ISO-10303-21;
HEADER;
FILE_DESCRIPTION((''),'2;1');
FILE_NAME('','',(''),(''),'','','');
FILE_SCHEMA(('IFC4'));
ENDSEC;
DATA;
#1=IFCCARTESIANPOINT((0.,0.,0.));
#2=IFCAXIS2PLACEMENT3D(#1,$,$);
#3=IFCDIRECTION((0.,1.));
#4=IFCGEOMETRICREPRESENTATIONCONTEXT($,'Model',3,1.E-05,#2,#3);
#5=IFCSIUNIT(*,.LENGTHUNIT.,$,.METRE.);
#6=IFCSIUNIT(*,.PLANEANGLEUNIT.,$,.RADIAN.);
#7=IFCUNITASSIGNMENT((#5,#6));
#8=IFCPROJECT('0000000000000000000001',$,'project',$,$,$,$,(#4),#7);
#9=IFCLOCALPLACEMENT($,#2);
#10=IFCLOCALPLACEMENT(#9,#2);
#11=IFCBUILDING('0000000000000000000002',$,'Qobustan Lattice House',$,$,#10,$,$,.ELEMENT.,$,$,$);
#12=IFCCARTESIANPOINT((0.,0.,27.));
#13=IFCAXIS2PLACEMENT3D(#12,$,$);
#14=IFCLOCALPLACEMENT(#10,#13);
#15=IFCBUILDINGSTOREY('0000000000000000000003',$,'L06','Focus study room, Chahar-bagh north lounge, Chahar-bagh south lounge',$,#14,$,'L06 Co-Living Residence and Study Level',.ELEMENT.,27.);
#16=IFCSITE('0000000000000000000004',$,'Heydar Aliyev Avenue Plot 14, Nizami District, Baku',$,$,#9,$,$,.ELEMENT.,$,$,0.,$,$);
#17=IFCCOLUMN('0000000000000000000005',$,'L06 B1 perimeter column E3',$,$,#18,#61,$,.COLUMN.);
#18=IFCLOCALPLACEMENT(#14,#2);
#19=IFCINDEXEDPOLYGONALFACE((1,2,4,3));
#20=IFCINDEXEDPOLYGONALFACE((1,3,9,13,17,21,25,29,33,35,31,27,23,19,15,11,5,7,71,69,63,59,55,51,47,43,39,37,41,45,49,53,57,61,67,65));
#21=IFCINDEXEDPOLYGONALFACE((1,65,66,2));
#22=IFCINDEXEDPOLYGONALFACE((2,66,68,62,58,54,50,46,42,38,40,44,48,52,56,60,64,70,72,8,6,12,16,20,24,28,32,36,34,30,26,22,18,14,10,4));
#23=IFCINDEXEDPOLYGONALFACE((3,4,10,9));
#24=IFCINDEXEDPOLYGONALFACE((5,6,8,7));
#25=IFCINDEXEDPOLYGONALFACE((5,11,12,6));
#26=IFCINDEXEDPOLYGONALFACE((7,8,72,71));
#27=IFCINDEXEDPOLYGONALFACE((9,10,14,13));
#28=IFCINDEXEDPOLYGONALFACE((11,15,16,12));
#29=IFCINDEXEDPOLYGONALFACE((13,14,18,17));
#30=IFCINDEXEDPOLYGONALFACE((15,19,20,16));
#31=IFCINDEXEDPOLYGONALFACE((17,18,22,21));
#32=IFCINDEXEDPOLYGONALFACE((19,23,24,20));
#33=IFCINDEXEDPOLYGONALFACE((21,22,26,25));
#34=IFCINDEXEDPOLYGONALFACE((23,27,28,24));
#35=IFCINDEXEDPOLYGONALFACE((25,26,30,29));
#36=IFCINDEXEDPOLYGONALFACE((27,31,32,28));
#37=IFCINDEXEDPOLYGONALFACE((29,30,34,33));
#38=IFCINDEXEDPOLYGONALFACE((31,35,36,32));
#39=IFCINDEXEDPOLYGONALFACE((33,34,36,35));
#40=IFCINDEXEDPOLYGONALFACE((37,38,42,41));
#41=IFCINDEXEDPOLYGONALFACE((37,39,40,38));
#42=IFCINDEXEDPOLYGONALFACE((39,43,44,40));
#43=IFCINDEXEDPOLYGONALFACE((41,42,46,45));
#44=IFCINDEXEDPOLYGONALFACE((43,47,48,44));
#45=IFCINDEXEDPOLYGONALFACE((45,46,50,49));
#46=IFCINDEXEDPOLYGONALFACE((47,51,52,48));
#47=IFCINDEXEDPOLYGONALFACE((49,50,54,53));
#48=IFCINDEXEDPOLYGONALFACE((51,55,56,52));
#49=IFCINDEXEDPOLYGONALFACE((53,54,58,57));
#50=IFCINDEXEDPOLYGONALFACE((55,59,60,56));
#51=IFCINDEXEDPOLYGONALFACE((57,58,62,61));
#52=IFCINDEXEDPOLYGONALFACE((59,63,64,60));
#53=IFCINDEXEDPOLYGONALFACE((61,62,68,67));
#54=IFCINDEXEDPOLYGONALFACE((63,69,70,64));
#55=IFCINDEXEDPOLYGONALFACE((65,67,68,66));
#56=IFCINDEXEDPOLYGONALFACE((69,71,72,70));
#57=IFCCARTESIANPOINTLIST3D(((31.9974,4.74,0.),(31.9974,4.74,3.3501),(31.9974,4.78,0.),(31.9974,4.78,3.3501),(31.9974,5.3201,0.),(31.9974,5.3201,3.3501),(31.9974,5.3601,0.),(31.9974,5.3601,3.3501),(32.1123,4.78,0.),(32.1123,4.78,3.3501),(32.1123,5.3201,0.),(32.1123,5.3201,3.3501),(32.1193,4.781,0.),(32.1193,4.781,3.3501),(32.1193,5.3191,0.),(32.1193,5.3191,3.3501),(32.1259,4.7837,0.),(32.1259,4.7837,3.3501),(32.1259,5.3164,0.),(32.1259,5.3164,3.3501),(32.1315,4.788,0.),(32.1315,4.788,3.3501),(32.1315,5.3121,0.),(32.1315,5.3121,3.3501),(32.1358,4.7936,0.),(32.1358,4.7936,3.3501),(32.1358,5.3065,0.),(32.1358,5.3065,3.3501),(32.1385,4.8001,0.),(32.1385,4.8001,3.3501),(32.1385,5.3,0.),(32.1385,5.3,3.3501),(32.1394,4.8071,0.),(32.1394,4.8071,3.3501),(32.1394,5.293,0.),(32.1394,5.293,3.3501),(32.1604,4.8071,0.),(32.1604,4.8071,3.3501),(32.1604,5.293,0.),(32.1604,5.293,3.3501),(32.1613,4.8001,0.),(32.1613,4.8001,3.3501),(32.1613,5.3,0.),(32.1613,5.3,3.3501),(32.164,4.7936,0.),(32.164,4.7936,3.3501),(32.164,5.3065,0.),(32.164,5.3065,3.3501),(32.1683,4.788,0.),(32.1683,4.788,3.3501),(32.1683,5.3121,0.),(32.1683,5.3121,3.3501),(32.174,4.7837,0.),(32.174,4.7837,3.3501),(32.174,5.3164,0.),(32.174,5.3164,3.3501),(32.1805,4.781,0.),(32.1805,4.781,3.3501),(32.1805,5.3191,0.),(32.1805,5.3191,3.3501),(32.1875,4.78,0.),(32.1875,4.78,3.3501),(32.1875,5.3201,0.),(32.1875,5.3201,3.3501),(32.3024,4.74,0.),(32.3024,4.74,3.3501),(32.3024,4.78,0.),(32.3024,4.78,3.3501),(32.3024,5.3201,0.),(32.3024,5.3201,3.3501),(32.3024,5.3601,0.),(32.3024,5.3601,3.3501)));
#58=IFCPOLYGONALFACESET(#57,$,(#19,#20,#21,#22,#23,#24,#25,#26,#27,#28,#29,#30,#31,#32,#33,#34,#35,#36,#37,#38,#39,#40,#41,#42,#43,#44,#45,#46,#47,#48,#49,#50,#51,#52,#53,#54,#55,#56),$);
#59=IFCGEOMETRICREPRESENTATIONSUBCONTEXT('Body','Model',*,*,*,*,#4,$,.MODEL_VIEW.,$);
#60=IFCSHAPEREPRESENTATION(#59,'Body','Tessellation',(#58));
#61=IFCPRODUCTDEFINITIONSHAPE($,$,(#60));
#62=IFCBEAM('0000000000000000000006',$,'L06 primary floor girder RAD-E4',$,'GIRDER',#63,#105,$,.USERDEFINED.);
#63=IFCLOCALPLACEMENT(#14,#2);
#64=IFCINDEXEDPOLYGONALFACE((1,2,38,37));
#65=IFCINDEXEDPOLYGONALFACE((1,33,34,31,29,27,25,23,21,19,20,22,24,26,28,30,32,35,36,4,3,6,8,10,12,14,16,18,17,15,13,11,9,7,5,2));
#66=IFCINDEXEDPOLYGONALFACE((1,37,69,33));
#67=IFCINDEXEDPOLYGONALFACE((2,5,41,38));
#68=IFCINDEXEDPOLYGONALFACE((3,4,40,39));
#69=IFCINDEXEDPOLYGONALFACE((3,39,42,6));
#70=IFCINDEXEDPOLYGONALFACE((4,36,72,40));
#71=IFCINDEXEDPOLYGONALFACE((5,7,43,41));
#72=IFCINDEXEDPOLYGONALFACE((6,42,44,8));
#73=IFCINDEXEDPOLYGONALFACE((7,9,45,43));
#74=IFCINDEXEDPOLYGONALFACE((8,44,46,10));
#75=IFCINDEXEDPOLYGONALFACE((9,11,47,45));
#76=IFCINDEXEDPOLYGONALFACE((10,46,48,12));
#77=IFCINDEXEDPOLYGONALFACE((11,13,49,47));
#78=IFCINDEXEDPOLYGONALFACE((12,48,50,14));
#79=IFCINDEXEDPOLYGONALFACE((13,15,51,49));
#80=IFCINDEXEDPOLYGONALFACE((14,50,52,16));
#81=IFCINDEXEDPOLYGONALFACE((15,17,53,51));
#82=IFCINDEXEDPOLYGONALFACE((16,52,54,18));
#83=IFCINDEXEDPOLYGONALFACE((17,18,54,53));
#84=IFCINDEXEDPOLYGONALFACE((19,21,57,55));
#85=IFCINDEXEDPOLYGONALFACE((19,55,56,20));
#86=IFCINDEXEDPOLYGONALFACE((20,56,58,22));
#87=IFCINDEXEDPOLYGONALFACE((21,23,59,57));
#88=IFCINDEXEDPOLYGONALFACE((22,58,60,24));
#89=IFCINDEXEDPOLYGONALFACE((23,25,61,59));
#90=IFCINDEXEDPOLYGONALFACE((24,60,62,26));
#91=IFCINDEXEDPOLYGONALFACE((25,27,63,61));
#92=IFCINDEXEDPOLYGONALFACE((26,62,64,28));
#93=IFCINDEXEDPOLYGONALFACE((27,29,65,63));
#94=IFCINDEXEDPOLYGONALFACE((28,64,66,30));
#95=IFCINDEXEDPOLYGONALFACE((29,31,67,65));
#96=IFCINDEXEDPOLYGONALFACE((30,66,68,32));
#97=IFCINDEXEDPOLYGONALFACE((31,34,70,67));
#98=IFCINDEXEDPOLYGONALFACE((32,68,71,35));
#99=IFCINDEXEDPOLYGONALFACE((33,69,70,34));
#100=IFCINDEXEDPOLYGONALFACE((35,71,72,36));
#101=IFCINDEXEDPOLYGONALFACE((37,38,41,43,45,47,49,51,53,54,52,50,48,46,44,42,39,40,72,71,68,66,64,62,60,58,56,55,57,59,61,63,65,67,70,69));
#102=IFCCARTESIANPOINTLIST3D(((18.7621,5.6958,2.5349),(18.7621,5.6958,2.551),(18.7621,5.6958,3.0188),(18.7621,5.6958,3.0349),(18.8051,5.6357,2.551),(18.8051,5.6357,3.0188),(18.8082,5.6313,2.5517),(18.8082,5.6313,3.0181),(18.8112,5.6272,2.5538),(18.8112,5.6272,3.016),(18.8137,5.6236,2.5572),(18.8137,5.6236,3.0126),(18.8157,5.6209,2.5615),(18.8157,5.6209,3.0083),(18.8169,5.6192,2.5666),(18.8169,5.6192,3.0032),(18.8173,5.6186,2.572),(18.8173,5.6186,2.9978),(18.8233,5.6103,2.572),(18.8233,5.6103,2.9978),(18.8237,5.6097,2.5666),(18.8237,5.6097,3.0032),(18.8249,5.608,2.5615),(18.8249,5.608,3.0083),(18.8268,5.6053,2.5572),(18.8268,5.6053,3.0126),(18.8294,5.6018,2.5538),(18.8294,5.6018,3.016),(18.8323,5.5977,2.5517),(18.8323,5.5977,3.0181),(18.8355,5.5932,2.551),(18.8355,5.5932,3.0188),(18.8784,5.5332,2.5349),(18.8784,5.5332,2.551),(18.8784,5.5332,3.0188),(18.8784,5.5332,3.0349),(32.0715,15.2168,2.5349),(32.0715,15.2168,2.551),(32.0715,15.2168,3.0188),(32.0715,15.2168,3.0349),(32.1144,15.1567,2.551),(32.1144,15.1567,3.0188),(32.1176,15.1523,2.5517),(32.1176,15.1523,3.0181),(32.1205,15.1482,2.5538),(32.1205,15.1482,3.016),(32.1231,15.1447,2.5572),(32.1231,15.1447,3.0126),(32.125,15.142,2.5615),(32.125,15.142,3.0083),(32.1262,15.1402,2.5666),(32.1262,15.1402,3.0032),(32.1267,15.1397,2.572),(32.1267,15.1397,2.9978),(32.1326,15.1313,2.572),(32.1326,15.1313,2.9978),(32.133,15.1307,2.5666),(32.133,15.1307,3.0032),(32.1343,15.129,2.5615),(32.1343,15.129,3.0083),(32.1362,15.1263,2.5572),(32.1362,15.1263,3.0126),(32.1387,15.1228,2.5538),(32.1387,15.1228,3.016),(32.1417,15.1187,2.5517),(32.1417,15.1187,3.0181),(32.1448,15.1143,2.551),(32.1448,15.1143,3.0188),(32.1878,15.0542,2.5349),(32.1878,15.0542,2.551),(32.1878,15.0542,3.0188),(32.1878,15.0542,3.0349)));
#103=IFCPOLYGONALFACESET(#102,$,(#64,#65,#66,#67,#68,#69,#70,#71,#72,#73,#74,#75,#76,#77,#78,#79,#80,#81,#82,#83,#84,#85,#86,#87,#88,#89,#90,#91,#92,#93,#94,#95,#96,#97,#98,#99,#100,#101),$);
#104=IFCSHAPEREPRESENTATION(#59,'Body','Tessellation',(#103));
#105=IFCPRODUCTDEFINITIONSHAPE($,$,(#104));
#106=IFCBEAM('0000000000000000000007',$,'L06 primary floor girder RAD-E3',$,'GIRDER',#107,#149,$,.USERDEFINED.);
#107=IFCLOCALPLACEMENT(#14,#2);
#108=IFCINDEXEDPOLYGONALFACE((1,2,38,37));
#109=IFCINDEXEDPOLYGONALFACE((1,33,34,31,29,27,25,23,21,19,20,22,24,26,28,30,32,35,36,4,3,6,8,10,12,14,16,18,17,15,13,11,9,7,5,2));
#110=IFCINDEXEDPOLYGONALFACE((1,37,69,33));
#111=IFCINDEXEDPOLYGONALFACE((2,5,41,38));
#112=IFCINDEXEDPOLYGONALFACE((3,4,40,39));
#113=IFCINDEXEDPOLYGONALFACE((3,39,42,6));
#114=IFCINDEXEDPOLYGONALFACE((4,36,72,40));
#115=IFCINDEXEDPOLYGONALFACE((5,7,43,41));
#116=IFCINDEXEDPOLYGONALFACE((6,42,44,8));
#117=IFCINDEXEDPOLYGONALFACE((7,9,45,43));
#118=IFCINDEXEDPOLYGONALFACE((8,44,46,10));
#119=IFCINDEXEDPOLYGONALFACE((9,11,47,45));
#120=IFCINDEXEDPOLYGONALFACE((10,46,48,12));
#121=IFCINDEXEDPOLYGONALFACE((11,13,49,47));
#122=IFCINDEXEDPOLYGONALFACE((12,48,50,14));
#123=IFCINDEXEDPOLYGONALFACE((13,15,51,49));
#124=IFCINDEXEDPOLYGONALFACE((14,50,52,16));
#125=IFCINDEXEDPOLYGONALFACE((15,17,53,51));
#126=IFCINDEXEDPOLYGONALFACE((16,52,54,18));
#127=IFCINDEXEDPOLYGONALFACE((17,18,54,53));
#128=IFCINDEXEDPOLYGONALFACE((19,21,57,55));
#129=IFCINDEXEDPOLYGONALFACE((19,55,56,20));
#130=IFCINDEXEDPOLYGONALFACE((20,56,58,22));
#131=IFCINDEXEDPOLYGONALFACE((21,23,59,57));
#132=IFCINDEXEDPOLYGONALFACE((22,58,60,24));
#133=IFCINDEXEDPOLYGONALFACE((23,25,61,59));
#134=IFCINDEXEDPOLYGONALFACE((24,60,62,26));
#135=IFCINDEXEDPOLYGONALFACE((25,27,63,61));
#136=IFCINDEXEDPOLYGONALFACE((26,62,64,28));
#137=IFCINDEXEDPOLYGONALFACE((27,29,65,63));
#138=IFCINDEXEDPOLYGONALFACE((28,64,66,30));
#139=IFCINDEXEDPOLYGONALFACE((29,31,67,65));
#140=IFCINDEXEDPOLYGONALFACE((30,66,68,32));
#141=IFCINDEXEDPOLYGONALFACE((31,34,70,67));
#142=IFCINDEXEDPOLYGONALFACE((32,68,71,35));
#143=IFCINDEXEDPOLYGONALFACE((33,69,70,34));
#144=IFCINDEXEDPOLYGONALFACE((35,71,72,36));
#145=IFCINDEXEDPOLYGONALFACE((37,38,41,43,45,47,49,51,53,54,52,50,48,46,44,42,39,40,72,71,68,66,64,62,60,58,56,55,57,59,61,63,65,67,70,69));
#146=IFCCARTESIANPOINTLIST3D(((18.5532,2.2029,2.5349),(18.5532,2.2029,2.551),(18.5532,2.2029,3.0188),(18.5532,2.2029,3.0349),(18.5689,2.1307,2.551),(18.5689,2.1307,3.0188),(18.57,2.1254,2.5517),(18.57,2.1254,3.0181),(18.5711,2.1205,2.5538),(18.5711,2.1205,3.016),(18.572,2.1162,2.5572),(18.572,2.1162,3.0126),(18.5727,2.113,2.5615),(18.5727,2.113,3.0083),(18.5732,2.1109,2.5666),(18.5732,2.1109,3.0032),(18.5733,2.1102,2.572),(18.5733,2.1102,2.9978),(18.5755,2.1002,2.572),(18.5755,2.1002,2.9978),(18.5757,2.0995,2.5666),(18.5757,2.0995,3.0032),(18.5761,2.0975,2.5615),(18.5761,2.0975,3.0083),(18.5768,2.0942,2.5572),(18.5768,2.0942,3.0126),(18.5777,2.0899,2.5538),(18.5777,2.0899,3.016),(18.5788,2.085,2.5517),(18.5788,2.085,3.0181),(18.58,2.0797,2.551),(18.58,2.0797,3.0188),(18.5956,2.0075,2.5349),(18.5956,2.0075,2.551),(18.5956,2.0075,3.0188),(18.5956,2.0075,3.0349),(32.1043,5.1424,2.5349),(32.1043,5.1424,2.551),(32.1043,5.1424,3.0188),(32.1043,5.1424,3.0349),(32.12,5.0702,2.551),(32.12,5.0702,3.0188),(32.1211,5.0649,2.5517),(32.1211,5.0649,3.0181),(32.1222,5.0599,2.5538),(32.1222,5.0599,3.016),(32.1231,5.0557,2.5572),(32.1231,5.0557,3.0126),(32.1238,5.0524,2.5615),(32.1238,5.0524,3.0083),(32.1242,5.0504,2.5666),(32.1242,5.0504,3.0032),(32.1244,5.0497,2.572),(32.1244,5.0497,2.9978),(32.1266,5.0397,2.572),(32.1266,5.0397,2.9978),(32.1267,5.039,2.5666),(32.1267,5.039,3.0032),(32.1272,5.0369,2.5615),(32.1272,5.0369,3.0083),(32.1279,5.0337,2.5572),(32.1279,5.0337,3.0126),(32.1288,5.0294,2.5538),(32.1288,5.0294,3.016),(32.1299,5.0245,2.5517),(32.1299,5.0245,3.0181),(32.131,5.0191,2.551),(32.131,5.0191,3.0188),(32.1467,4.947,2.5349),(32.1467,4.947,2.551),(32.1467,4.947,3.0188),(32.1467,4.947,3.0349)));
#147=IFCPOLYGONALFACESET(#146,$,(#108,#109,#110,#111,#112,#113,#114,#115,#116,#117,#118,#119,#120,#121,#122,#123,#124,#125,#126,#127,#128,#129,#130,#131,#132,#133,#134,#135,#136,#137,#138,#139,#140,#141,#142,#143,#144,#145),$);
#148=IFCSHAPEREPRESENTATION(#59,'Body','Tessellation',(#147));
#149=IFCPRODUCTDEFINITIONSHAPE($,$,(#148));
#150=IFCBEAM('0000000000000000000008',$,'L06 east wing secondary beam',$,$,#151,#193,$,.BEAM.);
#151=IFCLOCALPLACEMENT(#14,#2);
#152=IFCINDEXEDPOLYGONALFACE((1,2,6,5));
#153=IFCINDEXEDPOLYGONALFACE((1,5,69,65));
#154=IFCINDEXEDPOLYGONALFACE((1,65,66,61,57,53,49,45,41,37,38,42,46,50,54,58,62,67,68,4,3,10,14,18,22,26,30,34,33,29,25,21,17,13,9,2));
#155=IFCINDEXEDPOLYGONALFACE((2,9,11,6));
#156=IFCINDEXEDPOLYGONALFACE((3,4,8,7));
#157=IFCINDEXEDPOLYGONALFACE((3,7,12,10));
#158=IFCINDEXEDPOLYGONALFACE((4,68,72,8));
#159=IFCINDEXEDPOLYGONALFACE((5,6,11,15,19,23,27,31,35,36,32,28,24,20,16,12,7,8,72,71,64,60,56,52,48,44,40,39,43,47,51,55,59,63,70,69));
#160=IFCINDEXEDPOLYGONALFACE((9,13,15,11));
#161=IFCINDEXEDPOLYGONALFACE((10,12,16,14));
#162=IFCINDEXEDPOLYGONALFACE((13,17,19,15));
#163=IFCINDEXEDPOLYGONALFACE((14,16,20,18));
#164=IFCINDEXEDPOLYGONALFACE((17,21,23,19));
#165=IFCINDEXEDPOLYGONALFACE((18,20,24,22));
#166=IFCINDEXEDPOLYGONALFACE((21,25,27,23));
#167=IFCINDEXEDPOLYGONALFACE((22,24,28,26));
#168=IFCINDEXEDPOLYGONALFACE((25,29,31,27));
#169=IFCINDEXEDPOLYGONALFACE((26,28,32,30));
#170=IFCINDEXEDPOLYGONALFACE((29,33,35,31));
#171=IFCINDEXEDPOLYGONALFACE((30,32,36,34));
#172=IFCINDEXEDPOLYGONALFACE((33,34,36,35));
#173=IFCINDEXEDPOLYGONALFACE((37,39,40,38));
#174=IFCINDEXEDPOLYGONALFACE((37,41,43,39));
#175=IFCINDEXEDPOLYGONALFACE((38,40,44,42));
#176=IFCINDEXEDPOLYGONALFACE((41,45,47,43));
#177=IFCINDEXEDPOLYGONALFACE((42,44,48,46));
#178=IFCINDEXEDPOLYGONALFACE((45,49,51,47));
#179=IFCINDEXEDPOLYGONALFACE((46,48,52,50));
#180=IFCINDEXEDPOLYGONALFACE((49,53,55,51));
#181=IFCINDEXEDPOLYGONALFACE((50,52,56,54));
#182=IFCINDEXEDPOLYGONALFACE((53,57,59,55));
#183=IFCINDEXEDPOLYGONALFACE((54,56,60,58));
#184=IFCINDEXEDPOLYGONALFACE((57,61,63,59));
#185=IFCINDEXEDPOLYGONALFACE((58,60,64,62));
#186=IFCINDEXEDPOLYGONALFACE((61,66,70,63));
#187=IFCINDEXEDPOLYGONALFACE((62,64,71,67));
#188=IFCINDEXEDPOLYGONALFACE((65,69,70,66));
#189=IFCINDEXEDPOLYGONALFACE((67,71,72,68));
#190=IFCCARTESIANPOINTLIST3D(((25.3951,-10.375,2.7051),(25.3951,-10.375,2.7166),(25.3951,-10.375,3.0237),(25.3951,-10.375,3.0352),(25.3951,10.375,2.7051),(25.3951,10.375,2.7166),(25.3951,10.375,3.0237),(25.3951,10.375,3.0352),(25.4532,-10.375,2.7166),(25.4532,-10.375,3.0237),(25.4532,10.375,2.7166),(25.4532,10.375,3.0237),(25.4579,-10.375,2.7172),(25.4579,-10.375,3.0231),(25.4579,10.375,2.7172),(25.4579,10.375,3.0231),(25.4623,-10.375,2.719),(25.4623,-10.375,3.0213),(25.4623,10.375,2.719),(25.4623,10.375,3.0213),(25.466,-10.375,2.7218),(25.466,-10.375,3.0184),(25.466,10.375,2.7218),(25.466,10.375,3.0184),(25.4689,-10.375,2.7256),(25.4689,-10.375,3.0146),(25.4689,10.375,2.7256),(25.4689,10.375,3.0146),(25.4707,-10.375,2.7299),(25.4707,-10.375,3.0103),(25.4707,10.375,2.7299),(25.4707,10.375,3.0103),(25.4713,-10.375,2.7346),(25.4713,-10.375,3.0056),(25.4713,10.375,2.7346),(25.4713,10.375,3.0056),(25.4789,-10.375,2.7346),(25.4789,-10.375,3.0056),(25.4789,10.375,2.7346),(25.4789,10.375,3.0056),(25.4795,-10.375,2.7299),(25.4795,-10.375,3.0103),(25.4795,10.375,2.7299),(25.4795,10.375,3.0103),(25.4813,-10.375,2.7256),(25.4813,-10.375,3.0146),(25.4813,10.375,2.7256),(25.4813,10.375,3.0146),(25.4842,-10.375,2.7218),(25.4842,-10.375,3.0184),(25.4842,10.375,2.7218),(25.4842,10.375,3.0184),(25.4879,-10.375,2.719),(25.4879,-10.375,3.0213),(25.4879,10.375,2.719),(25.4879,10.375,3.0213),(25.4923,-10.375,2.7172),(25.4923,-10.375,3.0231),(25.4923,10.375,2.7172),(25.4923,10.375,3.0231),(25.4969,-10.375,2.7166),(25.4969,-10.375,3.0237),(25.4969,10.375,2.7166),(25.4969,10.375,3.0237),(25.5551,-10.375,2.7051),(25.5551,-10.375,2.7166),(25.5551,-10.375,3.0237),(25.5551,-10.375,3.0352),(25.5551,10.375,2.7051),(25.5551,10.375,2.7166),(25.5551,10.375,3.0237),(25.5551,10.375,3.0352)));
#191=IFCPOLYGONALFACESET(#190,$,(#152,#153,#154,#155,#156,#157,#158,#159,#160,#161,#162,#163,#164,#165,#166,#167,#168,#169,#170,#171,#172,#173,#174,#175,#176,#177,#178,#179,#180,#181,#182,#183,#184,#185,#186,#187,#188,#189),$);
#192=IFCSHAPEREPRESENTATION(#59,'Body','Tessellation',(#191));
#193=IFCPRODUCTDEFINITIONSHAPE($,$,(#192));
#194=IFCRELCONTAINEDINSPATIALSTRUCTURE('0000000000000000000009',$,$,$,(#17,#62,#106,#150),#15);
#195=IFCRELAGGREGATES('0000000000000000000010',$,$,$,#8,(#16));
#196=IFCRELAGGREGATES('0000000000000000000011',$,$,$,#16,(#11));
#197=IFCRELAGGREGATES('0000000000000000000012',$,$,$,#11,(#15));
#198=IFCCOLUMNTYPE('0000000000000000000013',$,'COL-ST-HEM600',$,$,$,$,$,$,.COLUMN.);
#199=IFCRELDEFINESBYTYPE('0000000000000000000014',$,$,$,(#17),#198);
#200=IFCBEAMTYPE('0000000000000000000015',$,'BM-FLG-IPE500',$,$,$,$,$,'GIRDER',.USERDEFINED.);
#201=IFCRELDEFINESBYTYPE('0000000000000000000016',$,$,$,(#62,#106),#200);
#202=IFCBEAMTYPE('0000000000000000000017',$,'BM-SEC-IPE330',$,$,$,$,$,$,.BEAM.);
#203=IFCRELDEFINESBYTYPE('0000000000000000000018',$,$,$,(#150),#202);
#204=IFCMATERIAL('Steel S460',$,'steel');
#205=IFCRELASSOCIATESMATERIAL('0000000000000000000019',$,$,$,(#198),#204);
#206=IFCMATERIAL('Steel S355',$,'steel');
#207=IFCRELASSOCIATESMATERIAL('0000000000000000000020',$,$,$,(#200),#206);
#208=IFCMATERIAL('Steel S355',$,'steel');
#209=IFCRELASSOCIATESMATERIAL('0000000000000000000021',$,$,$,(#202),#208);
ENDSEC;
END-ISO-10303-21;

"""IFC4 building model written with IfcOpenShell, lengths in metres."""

from ifc_helpers import new_model, si_unit, direction, frame, origin, origin_2d, place, context, subcontext, project, spatial, i_section, extrude, material, material_profile, profile_set, type_object, element, save


model = new_model("IFC4")

# Units and contexts
model_context = context("Model", 3, precision=1e-05, world=origin(), true_north=direction((0.0, 1.0)))
body_context = subcontext(model_context, "Body", "Model", "MODEL_VIEW")
ifc_project = project(units=[si_unit("LENGTHUNIT", "METRE"), si_unit("PLANEANGLEUNIT", "RADIAN")], contexts=[model_context])

# Site, building, storey
site_placement = place(None, origin())
site = spatial("IfcSite", under=ifc_project, at=site_placement, Name="Heydar Aliyev Avenue Plot 14, Nizami District, Baku", CompositionType="ELEMENT", RefElevation=0.0)
building_placement = place(site_placement, origin())
building = spatial("IfcBuilding", under=site, at=building_placement, Name="Qobustan Lattice House", CompositionType="ELEMENT")
storey_placement = place(building_placement, frame((0.0, 0.0, 27.0)))
storey = spatial("IfcBuildingStorey", under=building, at=storey_placement, Name="L06", Description="Focus study room, Chahar-bagh north lounge, Chahar-bagh south lounge", LongName="L06 Co-Living Residence and Study Level", CompositionType="ELEMENT", Elevation=27.0)

# Column
ifc_material_1 = material(Name="Steel S460", Category="steel")
ifc_material_profile_1 = material_profile(ifc_material_1, i_section(OverallWidth=0.3049, OverallDepth=0.6201, WebThickness=0.021, FlangeThickness=0.04, FilletRadius=0.0271, at=origin_2d()), Name="HEM600")
ifc_profile_set_1 = profile_set([ifc_material_profile_1], Name="Steel S460")
column_type = type_object("IfcColumnType", Name="COL-ST-HEM600", PredefinedType="COLUMN", material=ifc_profile_set_1)
column_placement = place(storey_placement, frame((32.1499, 5.05, 0.0), z_axis=(0.0, 0.0, 1.0), x_axis=(1.0, 0.0, 0.0)))
element("IfcColumn", 1, at=column_placement, inside=storey, type_object=column_type, Name="L06 B1 perimeter column E3", PredefinedType="COLUMN", context=body_context, shape_type="SweptSolid", body=[
    extrude(i_section(OverallWidth=0.3049, OverallDepth=0.6201, WebThickness=0.021, FlangeThickness=0.04, FilletRadius=0.0271, at=origin_2d()), origin(), (0.0, 0.0, 1.0), 3.3501),
])

# Beams
ifc_material_2 = material(Name="Steel S355", Category="steel")
ifc_material_profile_2 = material_profile(ifc_material_2, i_section(OverallWidth=0.2, OverallDepth=0.5, WebThickness=0.0103, FlangeThickness=0.0161, FilletRadius=0.021, at=origin_2d()), Name="IPE500")
ifc_profile_set_2 = profile_set([ifc_material_profile_2], Name="Steel S355")
beam_type_1 = type_object("IfcBeamType", Name="BM-FLG-IPE500", ElementType="GIRDER", PredefinedType="USERDEFINED", material=ifc_profile_set_2)
beam_1_placement = place(storey_placement, frame((32.1296, 15.1355, 2.7849), z_axis=(-0.813319, -0.581818, 0.0), x_axis=(0.581818, -0.813319, 0.0)))
element("IfcBeam", 2, at=beam_1_placement, inside=storey, type_object=beam_type_1, Name="L06 primary floor girder RAD-E4", ObjectType="GIRDER", PredefinedType="USERDEFINED", context=body_context, shape_type="SweptSolid", body=[
    extrude(i_section(OverallWidth=0.2, OverallDepth=0.5, WebThickness=0.0103, FlangeThickness=0.0161, FilletRadius=0.021, at=origin_2d()), origin(), (0.0, 0.0, 1.0), 16.3643),
])
beam_2_placement = place(storey_placement, frame((32.1255, 5.0447, 2.7849), z_axis=(-0.977272, -0.211987, 0.0), x_axis=(0.211987, -0.977272, 0.0)))
element("IfcBeam", 3, at=beam_2_placement, inside=storey, type_object=beam_type_1, Name="L06 primary floor girder RAD-E3", ObjectType="GIRDER", PredefinedType="USERDEFINED", context=body_context, shape_type="SweptSolid", body=[
    extrude(i_section(OverallWidth=0.2, OverallDepth=0.5, WebThickness=0.0103, FlangeThickness=0.0161, FilletRadius=0.021, at=origin_2d()), origin(), (0.0, 0.0, 1.0), 13.8662),
])
ifc_material_3 = material(Name="Steel S355", Category="steel")
ifc_material_profile_3 = material_profile(ifc_material_3, i_section(OverallWidth=0.1599, OverallDepth=0.3301, WebThickness=0.0076, FlangeThickness=0.0115, FilletRadius=0.0181, at=origin_2d()), Name="IPE330")
ifc_profile_set_3 = profile_set([ifc_material_profile_3], Name="Steel S355")
beam_type_2 = type_object("IfcBeamType", Name="BM-SEC-IPE330", PredefinedType="BEAM", material=ifc_profile_set_3)
beam_3_placement = place(storey_placement, frame((25.4751, 10.375, 2.8701), z_axis=(0.0, -1.0, 0.0), x_axis=(1.0, 0.0, 0.0)))
element("IfcBeam", 4, at=beam_3_placement, inside=storey, type_object=beam_type_2, Name="L06 east wing secondary beam", PredefinedType="BEAM", context=body_context, shape_type="SweptSolid", body=[
    extrude(i_section(OverallWidth=0.1599, OverallDepth=0.3301, WebThickness=0.0076, FlangeThickness=0.0115, FilletRadius=0.0181, at=origin_2d()), origin(), (0.0, 0.0, 1.0), 20.75),
])

save(model, "model.ifc")
